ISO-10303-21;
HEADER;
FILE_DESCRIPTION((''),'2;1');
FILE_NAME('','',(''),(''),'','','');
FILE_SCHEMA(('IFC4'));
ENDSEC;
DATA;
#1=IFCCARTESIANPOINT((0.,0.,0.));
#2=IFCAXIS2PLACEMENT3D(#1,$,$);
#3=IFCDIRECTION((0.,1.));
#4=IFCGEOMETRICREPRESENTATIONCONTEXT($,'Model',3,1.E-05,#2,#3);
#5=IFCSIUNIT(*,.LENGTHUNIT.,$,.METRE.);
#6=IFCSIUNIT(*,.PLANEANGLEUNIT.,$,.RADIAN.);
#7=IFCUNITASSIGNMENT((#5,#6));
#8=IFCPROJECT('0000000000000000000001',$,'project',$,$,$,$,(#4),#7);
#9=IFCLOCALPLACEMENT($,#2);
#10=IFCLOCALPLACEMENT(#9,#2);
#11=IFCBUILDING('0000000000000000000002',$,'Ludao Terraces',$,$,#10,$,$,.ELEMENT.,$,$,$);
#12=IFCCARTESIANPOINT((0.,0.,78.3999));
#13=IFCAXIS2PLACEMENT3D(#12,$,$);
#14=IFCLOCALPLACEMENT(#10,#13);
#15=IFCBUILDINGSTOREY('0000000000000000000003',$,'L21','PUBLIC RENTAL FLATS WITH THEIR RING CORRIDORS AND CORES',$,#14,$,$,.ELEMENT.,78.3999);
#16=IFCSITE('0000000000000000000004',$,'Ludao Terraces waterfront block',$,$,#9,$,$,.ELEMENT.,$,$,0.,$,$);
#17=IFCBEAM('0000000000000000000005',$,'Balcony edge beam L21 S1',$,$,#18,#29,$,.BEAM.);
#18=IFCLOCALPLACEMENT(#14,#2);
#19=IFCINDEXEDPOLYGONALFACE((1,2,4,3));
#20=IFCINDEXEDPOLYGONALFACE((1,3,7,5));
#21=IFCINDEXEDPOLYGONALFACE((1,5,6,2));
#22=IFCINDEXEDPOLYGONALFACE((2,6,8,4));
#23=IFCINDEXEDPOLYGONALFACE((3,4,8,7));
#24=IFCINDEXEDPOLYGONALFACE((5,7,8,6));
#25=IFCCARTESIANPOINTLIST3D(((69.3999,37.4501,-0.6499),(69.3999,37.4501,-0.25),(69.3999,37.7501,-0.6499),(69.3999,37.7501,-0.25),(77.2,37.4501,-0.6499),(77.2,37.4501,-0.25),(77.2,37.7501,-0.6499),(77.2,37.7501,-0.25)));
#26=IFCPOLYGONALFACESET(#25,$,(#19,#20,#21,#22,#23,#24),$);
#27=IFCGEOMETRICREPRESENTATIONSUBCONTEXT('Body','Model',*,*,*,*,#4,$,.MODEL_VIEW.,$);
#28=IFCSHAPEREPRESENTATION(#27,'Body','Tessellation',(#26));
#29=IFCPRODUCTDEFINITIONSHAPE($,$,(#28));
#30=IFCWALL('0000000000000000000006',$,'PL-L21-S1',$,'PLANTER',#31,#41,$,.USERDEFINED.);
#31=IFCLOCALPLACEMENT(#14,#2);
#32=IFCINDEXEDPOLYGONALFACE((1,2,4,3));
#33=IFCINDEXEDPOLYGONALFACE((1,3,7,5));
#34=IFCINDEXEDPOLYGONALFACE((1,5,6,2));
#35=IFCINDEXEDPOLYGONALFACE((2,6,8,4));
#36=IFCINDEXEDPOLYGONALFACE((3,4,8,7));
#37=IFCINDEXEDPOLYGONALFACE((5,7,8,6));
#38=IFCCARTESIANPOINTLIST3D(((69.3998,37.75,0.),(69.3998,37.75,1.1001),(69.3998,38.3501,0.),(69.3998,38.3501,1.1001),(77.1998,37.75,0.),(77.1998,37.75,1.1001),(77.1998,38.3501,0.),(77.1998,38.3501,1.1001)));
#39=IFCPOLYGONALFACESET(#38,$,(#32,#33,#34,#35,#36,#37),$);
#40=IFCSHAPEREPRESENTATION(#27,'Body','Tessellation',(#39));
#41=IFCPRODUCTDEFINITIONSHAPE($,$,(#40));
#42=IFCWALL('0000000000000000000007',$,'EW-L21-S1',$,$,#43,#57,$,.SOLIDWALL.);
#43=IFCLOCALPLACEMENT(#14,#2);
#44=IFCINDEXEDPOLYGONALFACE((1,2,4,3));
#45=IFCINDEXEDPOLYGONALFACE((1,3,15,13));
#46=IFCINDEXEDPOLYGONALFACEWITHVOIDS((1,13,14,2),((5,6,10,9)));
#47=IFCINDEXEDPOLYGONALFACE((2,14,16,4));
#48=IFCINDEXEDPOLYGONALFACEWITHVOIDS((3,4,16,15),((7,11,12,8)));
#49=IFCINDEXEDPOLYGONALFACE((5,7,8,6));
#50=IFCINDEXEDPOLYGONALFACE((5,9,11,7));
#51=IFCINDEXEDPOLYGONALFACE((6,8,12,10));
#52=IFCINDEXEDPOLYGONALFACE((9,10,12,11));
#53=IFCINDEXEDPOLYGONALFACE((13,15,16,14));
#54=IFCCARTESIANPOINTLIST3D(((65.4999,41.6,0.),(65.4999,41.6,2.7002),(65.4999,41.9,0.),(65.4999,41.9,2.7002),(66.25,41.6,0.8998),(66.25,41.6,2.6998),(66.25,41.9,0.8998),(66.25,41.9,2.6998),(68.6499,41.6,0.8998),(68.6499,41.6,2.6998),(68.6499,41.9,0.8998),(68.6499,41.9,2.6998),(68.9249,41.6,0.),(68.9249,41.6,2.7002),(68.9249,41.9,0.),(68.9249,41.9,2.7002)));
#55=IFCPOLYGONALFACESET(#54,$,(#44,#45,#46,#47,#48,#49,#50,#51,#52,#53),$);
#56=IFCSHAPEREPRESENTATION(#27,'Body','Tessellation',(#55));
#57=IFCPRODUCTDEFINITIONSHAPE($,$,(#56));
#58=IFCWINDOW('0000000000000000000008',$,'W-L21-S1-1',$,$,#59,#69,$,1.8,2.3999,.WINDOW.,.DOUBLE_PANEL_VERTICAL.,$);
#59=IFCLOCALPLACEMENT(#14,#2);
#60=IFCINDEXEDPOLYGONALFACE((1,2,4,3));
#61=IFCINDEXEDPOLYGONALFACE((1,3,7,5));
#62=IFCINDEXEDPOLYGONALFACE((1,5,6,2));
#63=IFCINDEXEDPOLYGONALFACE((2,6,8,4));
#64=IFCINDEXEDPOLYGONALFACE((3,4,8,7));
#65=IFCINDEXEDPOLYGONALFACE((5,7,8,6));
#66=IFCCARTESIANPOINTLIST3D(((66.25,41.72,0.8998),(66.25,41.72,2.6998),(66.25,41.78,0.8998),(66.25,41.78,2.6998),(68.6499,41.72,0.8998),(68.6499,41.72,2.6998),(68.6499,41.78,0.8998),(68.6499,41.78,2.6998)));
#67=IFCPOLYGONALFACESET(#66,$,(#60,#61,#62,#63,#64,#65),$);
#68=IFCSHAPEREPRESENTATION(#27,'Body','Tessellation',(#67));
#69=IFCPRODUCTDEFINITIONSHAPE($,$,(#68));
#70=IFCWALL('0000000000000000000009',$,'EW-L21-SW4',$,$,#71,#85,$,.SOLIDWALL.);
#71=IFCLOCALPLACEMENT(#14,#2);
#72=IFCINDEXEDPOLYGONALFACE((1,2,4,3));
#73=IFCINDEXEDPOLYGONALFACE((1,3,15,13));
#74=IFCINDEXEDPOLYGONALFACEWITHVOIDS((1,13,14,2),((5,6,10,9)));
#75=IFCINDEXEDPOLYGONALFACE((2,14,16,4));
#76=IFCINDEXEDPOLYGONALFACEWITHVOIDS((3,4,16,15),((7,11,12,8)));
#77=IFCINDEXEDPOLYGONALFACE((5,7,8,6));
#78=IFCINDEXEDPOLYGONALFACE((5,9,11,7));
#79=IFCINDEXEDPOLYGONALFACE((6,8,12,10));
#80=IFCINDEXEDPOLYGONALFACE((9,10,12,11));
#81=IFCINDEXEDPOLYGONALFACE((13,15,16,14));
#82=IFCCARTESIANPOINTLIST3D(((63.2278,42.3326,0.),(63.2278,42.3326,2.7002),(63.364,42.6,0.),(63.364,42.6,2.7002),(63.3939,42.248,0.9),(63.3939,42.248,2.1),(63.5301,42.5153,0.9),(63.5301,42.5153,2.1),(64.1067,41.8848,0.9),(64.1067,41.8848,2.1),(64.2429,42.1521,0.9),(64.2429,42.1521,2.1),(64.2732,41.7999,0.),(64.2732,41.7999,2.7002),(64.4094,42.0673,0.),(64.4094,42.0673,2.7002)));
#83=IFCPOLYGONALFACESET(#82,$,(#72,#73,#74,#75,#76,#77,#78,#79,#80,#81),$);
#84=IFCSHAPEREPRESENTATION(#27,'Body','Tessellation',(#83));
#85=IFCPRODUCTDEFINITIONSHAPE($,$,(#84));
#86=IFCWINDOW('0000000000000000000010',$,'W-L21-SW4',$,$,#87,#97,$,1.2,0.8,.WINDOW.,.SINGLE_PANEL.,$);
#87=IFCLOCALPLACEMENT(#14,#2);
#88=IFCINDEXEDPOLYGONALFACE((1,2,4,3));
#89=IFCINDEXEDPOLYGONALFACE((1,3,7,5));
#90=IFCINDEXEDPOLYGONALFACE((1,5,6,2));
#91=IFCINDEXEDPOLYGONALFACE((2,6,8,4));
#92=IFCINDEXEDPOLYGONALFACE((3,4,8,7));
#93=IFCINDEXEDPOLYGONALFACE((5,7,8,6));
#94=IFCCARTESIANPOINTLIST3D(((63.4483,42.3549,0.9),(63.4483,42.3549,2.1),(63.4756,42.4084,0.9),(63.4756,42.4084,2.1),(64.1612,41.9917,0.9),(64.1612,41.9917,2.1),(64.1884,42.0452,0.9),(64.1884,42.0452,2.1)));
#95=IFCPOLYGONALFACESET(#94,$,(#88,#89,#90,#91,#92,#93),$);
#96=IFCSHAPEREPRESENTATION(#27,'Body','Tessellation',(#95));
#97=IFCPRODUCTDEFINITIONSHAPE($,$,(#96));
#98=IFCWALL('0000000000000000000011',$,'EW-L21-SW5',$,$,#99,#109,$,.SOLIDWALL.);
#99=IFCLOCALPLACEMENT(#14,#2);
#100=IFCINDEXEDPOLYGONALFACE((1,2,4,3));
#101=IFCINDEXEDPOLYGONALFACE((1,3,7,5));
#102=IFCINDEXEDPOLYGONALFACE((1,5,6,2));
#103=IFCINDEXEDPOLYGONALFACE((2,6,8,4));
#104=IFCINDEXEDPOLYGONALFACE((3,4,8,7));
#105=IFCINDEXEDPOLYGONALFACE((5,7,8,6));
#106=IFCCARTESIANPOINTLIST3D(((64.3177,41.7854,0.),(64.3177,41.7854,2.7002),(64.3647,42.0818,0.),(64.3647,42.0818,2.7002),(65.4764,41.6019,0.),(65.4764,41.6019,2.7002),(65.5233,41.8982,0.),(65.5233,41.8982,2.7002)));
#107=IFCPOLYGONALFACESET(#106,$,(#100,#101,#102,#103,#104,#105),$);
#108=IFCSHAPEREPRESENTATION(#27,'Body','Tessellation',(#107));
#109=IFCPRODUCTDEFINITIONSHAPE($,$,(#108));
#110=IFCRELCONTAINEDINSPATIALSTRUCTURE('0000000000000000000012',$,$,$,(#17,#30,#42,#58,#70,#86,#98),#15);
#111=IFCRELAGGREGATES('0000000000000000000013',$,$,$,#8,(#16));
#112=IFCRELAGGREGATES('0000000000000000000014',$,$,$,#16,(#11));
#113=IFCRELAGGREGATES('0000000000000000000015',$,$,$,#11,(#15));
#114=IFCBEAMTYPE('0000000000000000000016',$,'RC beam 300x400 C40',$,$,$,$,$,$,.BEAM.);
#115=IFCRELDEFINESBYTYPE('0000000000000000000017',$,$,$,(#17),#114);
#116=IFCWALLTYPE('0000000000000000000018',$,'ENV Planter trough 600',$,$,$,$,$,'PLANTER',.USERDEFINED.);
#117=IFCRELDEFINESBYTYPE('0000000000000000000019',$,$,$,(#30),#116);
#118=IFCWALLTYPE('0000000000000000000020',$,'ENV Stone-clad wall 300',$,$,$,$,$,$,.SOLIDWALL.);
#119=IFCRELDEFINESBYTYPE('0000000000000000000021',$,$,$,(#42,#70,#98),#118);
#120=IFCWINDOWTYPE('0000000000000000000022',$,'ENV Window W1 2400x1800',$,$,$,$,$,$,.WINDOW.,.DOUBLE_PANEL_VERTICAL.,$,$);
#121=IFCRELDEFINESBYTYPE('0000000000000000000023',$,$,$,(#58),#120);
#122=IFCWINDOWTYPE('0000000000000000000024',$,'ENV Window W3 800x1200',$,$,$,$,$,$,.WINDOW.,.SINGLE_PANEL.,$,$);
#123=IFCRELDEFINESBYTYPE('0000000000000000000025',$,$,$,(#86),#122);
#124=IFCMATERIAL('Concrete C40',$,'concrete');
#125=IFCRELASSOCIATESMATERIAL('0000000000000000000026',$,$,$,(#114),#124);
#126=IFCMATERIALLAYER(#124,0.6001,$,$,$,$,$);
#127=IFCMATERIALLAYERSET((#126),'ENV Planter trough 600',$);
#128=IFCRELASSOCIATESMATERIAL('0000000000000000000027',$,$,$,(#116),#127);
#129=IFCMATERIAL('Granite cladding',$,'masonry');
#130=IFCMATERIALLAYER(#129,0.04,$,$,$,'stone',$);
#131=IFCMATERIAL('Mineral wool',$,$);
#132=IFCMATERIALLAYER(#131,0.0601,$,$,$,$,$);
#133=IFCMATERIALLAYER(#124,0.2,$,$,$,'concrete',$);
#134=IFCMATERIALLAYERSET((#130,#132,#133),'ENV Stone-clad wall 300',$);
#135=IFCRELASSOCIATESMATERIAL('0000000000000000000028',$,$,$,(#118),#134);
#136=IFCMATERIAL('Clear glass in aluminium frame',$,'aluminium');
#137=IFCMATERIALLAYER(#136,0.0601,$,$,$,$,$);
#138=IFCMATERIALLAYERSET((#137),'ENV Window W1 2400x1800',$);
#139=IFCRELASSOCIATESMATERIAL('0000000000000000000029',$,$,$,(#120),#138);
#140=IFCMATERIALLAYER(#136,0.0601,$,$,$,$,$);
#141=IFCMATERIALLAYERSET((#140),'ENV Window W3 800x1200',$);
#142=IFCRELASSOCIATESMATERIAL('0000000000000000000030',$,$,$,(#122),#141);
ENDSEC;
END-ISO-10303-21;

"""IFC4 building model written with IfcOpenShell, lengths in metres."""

from ifc_helpers import new_model, si_unit, direction, frame, frame_2d, origin, origin_2d, place, context, subcontext, project, spatial, rectangle, extrude, material, layer, layer_set, material_profile, profile_set, type_object, element, fill, save


model = new_model("IFC4")

# Units and contexts
model_context = context("Model", 3, precision=1e-05, world=origin(), true_north=direction((0.0, 1.0)))
body_context = subcontext(model_context, "Body", "Model", "MODEL_VIEW")
ifc_project = project(units=[si_unit("LENGTHUNIT", "METRE"), si_unit("PLANEANGLEUNIT", "RADIAN")], contexts=[model_context])

# Site, building, storey
site_placement = place(None, origin())
site = spatial("IfcSite", under=ifc_project, at=site_placement, Name="Ludao Terraces waterfront block", CompositionType="ELEMENT", RefElevation=0.0)
building_placement = place(site_placement, origin())
building = spatial("IfcBuilding", under=site, at=building_placement, Name="Ludao Terraces", CompositionType="ELEMENT")
storey_placement = place(building_placement, frame((0.0, 0.0, 78.3999)))
storey = spatial("IfcBuildingStorey", under=building, at=storey_placement, Name="L21", Description="PUBLIC RENTAL FLATS WITH THEIR RING CORRIDORS AND CORES", CompositionType="ELEMENT", Elevation=78.3999)

# Beam
ifc_material_1 = material(Name="Concrete C40", Category="concrete")
ifc_material_profile = material_profile(ifc_material_1, rectangle(XDim=0.3, YDim=0.3999, at=origin_2d()), Name="300 X 400")
ifc_profile_set = profile_set([ifc_material_profile], Name="Concrete C40")
beam_type = type_object("IfcBeamType", Name="RC beam 300x400 C40", PredefinedType="BEAM", material=ifc_profile_set)
beam_placement = place(storey_placement, frame((69.3999, 37.6001, -0.45), z_axis=(1.0, 0.0, 0.0), x_axis=(0.0, 1.0, 0.0)))
element("IfcBeam", 1, at=beam_placement, inside=storey, type_object=beam_type, Name="Balcony edge beam L21 S1", PredefinedType="BEAM", context=body_context, shape_type="SweptSolid", body=[
    extrude(rectangle(XDim=0.3, YDim=0.3999, at=origin_2d()), origin(), (0.0, 0.0, 1.0), 7.8),
])

# Wall
ifc_layer_1 = layer(ifc_material_1, 0.6001)
ifc_layer_set_1 = layer_set([ifc_layer_1], Name="ENV Planter trough 600")
wall_type_1 = type_object("IfcWallType", Name="ENV Planter trough 600", ElementType="PLANTER", PredefinedType="USERDEFINED", material=ifc_layer_set_1)
wall_1_placement = place(storey_placement, frame((69.3999, 38.05, 0.0), z_axis=(0.0, 0.0, 1.0), x_axis=(1.0, 0.0, 0.0)))
element("IfcWall", 2, at=wall_1_placement, inside=storey, type_object=wall_type_1, Name="PL-L21-S1", ObjectType="PLANTER", PredefinedType="USERDEFINED", context=body_context, shape_type="SweptSolid", body=[
    extrude(rectangle(XDim=7.8, YDim=0.6001, at=frame_2d((3.8999, 0.0))), origin(), (0.0, 0.0, 1.0), 1.1001),
])

# Walls, openings, windows
ifc_material_2 = material(Name="Granite cladding", Category="masonry")
ifc_layer_2 = layer(ifc_material_2, 0.04, Category="stone")
ifc_material_3 = material(Name="Mineral wool")
ifc_layer_3 = layer(ifc_material_3, 0.0601)
ifc_layer_4 = layer(ifc_material_1, 0.2, Category="concrete")
ifc_layer_set_2 = layer_set([ifc_layer_2, ifc_layer_3, ifc_layer_4], Name="ENV Stone-clad wall 300")
wall_type_2 = type_object("IfcWallType", Name="ENV Stone-clad wall 300", PredefinedType="SOLIDWALL", material=ifc_layer_set_2)
wall_2_placement = place(storey_placement, frame((65.5, 41.75, 0.0), z_axis=(0.0, 0.0, 1.0), x_axis=(1.0, 0.0, 0.0)))
wall_2 = element("IfcWall", 3, at=wall_2_placement, inside=storey, type_object=wall_type_2, Name="EW-L21-S1", PredefinedType="SOLIDWALL", context=body_context, shape_type="SweptSolid", body=[
    extrude(rectangle(XDim=3.425, YDim=0.3, at=frame_2d((1.7124, 0.0))), origin(), (0.0, 0.0, 1.0), 2.7002),
])
opening_1_placement = place(wall_2_placement, frame((0.75, 0.0, 0.8999)))
opening_1 = element("IfcOpeningElement", 4, at=opening_1_placement, cuts=wall_2, PredefinedType="OPENING", context=body_context, shape_type="SweptSolid", body=[
    extrude(rectangle(XDim=2.3999, YDim=1.8, at=frame_2d((1.2, 0.8999))), frame((0.0, 0.1602, 0.0), z_axis=(0.0, -1.0, 0.0), x_axis=(1.0, 0.0, 0.0)), (0.0, 0.0, 1.0), 0.3201),
])
ifc_material_4 = material(Name="Clear glass in aluminium frame", Category="aluminium")
ifc_layer_5 = layer(ifc_material_4, 0.0601)
ifc_layer_set_3 = layer_set([ifc_layer_5], Name="ENV Window W1 2400x1800")
window_type_1 = type_object("IfcWindowType", Name="ENV Window W1 2400x1800", PartitioningType="DOUBLE_PANEL_VERTICAL", PredefinedType="WINDOW", material=ifc_layer_set_3)
window_1_placement = place(opening_1_placement, origin())
window_1 = element("IfcWindow", 5, at=window_1_placement, inside=storey, type_object=window_type_1, Name="W-L21-S1-1", OverallHeight=1.8, OverallWidth=2.3999, PartitioningType="DOUBLE_PANEL_VERTICAL", PredefinedType="WINDOW", context=body_context, shape_type="SweptSolid", body=[
    extrude(rectangle(XDim=2.3999, YDim=1.8, at=frame_2d((1.2, 0.8999))), frame((0.0, 0.03, 0.0), z_axis=(0.0, -1.0, 0.0), x_axis=(1.0, 0.0, 0.0)), (0.0, 0.0, 1.0), 0.0601),
])
fill(opening_1, window_1)
wall_3_placement = place(storey_placement, frame((63.2959, 42.4663, 0.0), z_axis=(0.0, 0.0, 1.0), x_axis=(0.890989, -0.454026, 0.0)))
wall_3 = element("IfcWall", 6, at=wall_3_placement, inside=storey, type_object=wall_type_2, Name="EW-L21-SW4", PredefinedType="SOLIDWALL", context=body_context, shape_type="SweptSolid", body=[
    extrude(rectangle(XDim=1.1733, YDim=0.3, at=frame_2d((0.5867, 0.0))), origin(), (0.0, 0.0, 1.0), 2.7002),
])
opening_2_placement = place(wall_3_placement, frame((0.1865, 0.0, 0.8999)))
opening_2 = element("IfcOpeningElement", 7, at=opening_2_placement, cuts=wall_3, PredefinedType="OPENING", context=body_context, shape_type="SweptSolid", body=[
    extrude(rectangle(XDim=0.8, YDim=1.2, at=frame_2d((0.3999, 0.6001))), frame((0.0, 0.1602, 0.0), z_axis=(0.0, -1.0, 0.0), x_axis=(1.0, 0.0, 0.0)), (0.0, 0.0, 1.0), 0.3201),
])
ifc_layer_6 = layer(ifc_material_4, 0.0601)
ifc_layer_set_4 = layer_set([ifc_layer_6], Name="ENV Window W3 800x1200")
window_type_2 = type_object("IfcWindowType", Name="ENV Window W3 800x1200", PartitioningType="SINGLE_PANEL", PredefinedType="WINDOW", material=ifc_layer_set_4)
window_2_placement = place(opening_2_placement, origin())
window_2 = element("IfcWindow", 8, at=window_2_placement, inside=storey, type_object=window_type_2, Name="W-L21-SW4", OverallHeight=1.2, OverallWidth=0.8, PartitioningType="SINGLE_PANEL", PredefinedType="WINDOW", context=body_context, shape_type="SweptSolid", body=[
    extrude(rectangle(XDim=0.8, YDim=1.2, at=frame_2d((0.3999, 0.6001))), frame((0.0, 0.03, 0.0), z_axis=(0.0, -1.0, 0.0), x_axis=(1.0, 0.0, 0.0)), (0.0, 0.0, 1.0), 0.0601),
])
fill(opening_2, window_2)

# Wall
wall_4_placement = place(storey_placement, frame((64.3413, 41.9336, 0.0), z_axis=(0.0, 0.0, 1.0), x_axis=(0.987678, -0.156497, 0.0)))
element("IfcWall", 9, at=wall_4_placement, inside=storey, type_object=wall_type_2, Name="EW-L21-SW5", PredefinedType="SOLIDWALL", context=body_context, shape_type="SweptSolid", body=[
    extrude(rectangle(XDim=1.1731, YDim=0.3, at=frame_2d((0.5864, 0.0))), origin(), (0.0, 0.0, 1.0), 2.7002),
])

save(model, "model.ifc")
